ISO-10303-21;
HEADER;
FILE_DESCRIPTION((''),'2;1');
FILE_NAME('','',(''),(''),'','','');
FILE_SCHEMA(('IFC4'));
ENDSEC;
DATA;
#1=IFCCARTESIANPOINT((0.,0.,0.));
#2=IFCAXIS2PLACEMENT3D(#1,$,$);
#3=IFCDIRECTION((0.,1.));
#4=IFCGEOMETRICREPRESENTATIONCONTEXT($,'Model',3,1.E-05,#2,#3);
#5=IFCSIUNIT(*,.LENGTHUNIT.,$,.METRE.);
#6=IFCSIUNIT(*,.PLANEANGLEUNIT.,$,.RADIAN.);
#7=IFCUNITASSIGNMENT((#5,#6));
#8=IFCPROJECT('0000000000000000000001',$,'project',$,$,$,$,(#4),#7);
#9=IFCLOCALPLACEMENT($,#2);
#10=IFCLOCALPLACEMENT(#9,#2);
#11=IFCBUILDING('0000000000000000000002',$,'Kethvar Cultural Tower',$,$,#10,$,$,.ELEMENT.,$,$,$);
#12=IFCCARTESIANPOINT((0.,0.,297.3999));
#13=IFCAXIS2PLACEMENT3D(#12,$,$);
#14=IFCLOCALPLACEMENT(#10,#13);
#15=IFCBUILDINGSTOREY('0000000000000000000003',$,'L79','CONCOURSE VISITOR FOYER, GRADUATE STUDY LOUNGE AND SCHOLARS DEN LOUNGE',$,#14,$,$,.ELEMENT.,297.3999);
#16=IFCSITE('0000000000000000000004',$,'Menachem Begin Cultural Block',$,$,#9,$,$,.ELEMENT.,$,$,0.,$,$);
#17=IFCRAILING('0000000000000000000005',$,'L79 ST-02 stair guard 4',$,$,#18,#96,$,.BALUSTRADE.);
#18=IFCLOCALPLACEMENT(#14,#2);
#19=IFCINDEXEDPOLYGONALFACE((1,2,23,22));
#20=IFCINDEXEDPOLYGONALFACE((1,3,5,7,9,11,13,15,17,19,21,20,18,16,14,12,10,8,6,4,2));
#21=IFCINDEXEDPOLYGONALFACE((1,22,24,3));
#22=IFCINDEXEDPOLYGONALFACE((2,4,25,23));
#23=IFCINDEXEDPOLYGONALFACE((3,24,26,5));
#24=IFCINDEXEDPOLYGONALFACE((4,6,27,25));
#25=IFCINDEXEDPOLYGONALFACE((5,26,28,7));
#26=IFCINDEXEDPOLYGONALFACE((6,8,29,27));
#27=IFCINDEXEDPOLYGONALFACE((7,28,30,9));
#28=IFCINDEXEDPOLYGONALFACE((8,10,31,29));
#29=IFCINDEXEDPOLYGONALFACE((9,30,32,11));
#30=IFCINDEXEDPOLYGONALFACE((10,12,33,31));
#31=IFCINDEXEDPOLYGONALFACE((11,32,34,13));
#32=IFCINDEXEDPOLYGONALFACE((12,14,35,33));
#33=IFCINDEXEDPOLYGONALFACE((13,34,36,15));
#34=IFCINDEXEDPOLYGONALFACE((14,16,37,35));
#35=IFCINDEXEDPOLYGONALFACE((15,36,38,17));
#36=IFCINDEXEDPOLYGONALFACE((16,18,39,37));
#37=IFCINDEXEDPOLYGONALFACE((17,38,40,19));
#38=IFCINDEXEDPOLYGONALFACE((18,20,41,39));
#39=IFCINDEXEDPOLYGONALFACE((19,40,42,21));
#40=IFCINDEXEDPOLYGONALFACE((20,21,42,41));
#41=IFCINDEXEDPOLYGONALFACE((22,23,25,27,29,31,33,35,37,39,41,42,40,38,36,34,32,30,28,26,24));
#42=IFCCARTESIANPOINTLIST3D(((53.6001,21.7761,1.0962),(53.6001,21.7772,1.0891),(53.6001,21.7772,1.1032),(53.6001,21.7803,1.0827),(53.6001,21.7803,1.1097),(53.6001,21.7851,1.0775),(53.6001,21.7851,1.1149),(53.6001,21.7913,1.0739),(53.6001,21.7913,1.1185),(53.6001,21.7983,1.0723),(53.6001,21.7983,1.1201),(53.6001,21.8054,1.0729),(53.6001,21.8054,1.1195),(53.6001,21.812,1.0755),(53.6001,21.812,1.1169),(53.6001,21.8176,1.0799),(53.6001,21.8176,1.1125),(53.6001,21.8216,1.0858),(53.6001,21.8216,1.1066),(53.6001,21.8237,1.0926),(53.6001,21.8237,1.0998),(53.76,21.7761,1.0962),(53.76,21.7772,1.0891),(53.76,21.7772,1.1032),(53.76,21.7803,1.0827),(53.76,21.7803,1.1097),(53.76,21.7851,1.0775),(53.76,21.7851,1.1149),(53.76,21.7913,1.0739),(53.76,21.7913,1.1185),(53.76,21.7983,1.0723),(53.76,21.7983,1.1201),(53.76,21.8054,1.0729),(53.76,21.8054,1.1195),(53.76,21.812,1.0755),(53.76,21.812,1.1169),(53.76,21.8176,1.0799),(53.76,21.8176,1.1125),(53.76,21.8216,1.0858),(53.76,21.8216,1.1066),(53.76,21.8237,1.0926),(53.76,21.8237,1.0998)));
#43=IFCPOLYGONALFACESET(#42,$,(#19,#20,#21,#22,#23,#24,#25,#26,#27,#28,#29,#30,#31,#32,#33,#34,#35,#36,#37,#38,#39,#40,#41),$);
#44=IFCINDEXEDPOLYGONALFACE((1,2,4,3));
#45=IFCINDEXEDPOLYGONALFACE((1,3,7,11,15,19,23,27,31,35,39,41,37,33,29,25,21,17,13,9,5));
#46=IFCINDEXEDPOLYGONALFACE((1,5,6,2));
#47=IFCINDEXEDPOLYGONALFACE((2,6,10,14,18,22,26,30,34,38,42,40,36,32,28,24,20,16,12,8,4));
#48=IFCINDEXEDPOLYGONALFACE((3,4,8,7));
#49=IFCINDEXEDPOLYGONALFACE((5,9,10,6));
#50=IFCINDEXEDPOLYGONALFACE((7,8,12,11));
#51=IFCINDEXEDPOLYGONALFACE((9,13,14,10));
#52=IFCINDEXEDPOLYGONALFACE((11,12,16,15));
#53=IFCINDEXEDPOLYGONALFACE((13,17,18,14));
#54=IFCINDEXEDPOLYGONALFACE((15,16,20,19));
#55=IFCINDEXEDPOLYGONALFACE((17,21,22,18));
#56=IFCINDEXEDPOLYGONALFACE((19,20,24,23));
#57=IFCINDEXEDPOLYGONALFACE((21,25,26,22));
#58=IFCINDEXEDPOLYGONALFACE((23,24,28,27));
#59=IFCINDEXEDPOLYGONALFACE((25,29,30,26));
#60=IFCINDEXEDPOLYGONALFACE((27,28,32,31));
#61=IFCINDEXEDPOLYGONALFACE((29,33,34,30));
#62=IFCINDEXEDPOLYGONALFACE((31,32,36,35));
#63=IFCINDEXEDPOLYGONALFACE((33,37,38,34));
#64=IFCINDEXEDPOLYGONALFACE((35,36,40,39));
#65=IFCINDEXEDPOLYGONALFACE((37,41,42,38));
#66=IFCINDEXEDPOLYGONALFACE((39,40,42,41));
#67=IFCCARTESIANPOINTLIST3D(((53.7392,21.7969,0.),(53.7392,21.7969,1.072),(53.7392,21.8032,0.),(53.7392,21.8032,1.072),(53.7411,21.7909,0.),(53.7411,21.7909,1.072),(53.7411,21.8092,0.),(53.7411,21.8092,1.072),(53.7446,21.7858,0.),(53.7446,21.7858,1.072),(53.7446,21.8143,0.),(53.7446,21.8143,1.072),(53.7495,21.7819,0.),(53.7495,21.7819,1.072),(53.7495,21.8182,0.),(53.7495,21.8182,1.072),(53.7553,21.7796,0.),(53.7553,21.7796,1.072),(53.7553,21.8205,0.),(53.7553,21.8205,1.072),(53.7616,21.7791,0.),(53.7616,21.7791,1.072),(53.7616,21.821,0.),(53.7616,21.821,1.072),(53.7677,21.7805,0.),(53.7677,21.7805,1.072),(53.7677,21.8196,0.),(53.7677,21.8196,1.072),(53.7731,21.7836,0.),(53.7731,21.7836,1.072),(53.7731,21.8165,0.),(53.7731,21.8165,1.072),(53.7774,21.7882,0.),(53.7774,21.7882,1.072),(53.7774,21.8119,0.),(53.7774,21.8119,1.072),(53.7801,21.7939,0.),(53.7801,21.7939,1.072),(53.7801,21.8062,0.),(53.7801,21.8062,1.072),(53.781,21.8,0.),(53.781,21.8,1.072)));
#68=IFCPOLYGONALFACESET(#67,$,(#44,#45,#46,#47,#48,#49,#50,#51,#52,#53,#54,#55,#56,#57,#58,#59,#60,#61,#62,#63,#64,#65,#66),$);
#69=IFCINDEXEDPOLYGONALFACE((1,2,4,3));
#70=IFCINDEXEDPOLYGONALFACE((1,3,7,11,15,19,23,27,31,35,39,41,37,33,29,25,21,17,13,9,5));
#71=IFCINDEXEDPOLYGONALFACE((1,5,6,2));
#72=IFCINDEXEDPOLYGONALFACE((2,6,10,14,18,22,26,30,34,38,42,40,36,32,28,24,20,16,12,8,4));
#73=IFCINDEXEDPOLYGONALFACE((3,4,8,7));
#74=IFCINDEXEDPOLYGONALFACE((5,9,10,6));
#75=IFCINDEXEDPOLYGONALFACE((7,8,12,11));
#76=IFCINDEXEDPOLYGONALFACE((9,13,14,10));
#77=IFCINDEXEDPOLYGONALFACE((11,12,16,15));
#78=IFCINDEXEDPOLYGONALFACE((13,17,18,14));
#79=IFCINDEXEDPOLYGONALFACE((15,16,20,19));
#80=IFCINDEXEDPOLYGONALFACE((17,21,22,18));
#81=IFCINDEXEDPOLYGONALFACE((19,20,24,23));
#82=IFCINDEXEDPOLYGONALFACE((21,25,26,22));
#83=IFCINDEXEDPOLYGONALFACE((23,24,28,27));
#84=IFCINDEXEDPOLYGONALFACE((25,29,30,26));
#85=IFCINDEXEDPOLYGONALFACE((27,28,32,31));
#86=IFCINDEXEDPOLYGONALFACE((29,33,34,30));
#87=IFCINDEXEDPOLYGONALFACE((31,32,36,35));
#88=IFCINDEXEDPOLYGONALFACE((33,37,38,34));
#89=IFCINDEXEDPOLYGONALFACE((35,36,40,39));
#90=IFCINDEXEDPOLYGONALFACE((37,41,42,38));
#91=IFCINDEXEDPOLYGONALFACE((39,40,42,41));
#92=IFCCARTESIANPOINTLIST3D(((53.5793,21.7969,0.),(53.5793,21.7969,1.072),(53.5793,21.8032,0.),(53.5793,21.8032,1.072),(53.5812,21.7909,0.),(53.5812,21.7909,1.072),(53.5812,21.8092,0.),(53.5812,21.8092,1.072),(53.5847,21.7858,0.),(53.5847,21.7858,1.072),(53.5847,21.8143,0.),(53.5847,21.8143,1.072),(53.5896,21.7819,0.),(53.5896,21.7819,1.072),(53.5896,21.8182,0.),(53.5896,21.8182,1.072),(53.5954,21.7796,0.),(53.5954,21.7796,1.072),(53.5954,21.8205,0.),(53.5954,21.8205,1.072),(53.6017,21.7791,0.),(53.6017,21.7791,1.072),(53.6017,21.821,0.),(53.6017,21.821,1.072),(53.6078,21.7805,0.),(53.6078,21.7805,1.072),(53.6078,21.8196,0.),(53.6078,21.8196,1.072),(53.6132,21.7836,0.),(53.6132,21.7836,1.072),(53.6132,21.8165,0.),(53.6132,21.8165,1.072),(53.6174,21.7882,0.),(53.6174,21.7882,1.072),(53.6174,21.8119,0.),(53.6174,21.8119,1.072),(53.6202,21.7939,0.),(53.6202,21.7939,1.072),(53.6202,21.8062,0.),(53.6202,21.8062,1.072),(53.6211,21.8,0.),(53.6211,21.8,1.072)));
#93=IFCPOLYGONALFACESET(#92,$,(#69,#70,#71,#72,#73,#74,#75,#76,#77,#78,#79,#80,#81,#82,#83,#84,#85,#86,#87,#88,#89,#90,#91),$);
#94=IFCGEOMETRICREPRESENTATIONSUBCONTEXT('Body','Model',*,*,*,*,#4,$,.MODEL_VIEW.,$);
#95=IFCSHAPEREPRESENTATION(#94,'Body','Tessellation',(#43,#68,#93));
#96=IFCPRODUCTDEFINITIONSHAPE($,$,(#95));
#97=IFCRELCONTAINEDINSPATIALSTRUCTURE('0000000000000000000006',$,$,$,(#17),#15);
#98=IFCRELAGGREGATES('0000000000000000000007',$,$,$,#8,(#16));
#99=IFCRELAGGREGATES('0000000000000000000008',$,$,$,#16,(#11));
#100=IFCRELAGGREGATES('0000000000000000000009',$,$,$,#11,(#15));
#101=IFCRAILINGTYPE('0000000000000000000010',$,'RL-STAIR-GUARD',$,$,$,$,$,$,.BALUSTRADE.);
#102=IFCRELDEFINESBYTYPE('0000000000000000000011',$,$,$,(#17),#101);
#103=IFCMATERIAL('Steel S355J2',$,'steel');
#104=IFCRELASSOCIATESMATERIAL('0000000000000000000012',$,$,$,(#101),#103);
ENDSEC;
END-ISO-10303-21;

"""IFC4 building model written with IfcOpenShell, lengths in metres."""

from ifc_helpers import new_model, si_unit, direction, frame, origin, origin_2d, place, context, subcontext, project, spatial, circle, extrude, material, type_object, element, save


model = new_model("IFC4")

# Units and contexts
model_context = context("Model", 3, precision=1e-05, world=origin(), true_north=direction((0.0, 1.0)))
body_context = subcontext(model_context, "Body", "Model", "MODEL_VIEW")
ifc_project = project(units=[si_unit("LENGTHUNIT", "METRE"), si_unit("PLANEANGLEUNIT", "RADIAN")], contexts=[model_context])

# Site, building, storey
site_placement = place(None, origin())
site = spatial("IfcSite", under=ifc_project, at=site_placement, Name="Menachem Begin Cultural Block", CompositionType="ELEMENT", RefElevation=0.0)
building_placement = place(site_placement, origin())
building = spatial("IfcBuilding", under=site, at=building_placement, Name="Kethvar Cultural Tower", CompositionType="ELEMENT")
storey_placement = place(building_placement, frame((0.0, 0.0, 297.3999)))
storey = spatial("IfcBuildingStorey", under=building, at=storey_placement, Name="L79", Description="CONCOURSE VISITOR FOYER, GRADUATE STUDY LOUNGE AND SCHOLARS DEN LOUNGE", CompositionType="ELEMENT", Elevation=297.3999)

# Shared definitions
ifc_material_1 = material(Name="Steel S355J2", Category="steel")

# Railing
railing_type_1 = type_object("IfcRailingType", Name="RL-STAIR-GUARD", PredefinedType="BALUSTRADE", material=ifc_material_1)
railing_1_placement = place(storey_placement, frame((53.76, 21.8, 0.0)))
element("IfcRailing", 1, at=railing_1_placement, inside=storey, type_object=railing_type_1, Name="L79 ST-02 stair guard 4", PredefinedType="BALUSTRADE", context=body_context, shape_type="SweptSolid", body=[
    extrude(circle(Radius=0.0239, at=origin_2d()), frame((0.0, 0.0, 1.0962), z_axis=(-1.0, 0.0, 0.0), x_axis=(0.0, -1.0, 0.0)), (0.0, 0.0, 1.0), 0.1599),
    extrude(circle(Radius=0.021, at=origin_2d()), origin(), (0.0, 0.0, 1.0), 1.072),
    extrude(circle(Radius=0.021, at=origin_2d()), frame((-0.1599, 0.0, 0.0)), (0.0, 0.0, 1.0), 1.072),
])

save(model, "model.ifc")
